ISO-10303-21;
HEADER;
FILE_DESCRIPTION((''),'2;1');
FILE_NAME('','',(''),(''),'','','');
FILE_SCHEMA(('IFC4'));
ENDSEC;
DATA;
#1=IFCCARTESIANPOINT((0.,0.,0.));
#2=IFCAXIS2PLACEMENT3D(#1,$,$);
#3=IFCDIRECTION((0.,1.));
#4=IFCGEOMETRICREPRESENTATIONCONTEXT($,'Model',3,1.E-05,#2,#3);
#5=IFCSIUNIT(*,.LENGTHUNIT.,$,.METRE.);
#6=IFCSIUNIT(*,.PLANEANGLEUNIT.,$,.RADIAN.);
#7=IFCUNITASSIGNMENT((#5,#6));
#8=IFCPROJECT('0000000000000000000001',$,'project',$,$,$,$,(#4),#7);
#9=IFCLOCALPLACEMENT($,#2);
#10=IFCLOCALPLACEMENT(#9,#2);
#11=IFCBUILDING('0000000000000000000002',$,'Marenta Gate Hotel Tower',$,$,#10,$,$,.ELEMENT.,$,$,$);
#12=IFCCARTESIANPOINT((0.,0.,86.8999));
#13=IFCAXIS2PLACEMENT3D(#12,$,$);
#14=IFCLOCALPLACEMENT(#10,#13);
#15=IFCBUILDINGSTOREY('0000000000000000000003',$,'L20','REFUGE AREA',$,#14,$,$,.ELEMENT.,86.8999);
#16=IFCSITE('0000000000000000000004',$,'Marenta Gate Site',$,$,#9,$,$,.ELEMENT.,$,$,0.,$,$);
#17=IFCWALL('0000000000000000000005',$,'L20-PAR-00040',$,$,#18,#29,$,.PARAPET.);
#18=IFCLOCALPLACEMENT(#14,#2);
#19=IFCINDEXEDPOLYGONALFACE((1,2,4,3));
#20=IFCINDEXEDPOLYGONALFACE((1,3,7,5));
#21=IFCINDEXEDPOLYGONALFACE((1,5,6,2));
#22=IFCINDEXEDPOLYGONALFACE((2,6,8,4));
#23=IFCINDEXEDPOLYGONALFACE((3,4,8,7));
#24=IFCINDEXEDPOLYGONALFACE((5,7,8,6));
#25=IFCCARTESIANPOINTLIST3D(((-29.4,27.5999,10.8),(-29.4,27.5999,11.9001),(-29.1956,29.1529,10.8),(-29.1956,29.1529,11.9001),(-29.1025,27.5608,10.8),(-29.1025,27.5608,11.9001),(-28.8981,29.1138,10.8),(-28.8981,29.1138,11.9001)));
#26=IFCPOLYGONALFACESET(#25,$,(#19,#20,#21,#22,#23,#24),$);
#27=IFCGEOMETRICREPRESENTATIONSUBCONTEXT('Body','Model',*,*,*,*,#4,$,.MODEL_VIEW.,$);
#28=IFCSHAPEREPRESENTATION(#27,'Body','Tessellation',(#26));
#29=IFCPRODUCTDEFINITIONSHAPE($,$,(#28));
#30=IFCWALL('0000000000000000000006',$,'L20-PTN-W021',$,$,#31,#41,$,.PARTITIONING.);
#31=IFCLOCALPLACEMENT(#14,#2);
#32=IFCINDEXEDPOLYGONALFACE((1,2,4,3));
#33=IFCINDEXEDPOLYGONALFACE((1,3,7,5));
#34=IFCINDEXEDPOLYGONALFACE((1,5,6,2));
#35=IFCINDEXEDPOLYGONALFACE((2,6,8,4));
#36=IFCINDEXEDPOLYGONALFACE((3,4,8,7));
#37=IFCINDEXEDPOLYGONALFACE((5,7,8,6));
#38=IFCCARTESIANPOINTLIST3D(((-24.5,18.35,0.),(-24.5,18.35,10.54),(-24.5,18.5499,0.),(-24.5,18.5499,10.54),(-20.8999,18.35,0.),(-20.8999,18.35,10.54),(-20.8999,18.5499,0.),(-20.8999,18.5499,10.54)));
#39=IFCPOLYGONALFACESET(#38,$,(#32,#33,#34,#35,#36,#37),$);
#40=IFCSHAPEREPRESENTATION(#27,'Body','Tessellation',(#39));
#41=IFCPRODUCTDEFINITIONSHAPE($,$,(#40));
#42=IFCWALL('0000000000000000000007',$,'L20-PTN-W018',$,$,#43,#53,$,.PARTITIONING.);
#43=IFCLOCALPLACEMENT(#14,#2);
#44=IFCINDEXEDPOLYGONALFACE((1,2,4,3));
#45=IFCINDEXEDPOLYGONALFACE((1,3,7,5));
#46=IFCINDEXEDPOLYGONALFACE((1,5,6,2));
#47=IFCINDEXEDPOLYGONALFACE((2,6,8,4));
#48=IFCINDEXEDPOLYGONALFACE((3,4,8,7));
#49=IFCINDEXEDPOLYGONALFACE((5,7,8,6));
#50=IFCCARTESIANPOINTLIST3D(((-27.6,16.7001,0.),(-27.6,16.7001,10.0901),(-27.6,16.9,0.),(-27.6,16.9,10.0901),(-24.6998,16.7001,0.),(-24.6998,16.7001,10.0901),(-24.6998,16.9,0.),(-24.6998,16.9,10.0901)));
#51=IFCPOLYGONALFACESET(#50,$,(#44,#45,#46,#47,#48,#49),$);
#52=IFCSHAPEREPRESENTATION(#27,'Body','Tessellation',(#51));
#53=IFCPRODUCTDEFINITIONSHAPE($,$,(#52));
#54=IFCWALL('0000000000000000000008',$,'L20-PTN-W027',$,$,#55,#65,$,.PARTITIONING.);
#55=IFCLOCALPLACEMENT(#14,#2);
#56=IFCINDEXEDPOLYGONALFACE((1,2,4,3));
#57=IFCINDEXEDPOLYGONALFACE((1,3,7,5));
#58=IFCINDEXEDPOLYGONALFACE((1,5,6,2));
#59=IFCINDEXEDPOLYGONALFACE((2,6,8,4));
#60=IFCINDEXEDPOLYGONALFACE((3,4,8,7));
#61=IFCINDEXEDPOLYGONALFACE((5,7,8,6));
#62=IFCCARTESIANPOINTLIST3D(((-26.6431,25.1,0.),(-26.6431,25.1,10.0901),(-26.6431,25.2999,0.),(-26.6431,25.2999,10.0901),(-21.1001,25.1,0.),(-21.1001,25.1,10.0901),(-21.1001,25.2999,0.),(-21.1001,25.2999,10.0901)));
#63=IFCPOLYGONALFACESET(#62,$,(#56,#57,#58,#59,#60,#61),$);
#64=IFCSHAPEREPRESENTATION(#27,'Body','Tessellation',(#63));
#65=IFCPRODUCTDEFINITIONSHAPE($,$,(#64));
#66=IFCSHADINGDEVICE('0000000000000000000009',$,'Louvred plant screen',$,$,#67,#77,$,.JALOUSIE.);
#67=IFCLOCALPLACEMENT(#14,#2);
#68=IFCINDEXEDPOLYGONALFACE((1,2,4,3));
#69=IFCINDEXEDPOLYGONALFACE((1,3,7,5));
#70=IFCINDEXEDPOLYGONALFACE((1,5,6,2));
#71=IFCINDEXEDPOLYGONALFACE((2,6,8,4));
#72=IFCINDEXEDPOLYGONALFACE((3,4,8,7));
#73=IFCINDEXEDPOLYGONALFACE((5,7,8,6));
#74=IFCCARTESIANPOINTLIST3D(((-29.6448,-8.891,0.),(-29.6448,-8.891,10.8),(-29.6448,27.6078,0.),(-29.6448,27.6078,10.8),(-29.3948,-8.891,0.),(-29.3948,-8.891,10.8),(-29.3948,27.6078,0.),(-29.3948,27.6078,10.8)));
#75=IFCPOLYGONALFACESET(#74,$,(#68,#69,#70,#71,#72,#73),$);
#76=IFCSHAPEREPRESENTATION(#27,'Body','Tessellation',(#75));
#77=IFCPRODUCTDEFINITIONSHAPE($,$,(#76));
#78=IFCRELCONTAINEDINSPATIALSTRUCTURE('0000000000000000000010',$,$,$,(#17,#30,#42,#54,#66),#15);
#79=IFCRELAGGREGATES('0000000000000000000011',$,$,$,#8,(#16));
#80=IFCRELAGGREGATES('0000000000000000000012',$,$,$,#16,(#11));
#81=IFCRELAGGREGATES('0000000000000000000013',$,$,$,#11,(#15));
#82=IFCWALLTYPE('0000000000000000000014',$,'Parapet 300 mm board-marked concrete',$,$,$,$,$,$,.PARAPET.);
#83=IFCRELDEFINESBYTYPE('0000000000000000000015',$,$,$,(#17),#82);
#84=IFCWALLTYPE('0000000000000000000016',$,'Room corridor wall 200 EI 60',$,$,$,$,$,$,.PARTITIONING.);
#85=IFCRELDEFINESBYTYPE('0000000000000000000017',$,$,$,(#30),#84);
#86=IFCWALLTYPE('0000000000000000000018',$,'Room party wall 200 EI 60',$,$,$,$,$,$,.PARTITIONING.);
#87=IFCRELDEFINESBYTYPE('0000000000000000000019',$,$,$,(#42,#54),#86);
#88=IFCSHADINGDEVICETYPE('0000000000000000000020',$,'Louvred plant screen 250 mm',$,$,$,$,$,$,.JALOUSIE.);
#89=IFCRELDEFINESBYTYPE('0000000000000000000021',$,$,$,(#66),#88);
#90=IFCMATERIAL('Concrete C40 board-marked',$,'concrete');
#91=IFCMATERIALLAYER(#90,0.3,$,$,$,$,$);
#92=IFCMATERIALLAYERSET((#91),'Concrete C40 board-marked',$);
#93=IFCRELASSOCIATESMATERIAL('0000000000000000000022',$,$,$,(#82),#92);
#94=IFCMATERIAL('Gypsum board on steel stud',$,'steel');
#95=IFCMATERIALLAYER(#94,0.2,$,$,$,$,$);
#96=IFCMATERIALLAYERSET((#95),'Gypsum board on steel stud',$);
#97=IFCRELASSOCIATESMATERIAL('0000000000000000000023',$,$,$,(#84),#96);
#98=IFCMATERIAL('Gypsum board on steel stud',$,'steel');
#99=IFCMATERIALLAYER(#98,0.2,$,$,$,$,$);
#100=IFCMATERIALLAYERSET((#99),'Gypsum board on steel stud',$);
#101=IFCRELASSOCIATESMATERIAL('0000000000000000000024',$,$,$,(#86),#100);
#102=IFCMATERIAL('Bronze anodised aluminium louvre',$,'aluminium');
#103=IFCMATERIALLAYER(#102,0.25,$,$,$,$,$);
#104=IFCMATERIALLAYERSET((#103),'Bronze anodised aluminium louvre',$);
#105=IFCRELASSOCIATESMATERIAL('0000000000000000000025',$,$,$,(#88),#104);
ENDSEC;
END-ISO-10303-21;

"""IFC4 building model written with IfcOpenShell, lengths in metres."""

from ifc_helpers import new_model, si_unit, direction, frame, frame_2d, origin, place, context, subcontext, project, spatial, rectangle, extrude, material, layer, layer_set, type_object, element, save


model = new_model("IFC4")

# Units and contexts
model_context = context("Model", 3, precision=1e-05, world=origin(), true_north=direction((0.0, 1.0)))
body_context = subcontext(model_context, "Body", "Model", "MODEL_VIEW")
ifc_project = project(units=[si_unit("LENGTHUNIT", "METRE"), si_unit("PLANEANGLEUNIT", "RADIAN")], contexts=[model_context])

# Site, building, storey
site_placement = place(None, origin())
site = spatial("IfcSite", under=ifc_project, at=site_placement, Name="Marenta Gate Site", CompositionType="ELEMENT", RefElevation=0.0)
building_placement = place(site_placement, origin())
building = spatial("IfcBuilding", under=site, at=building_placement, Name="Marenta Gate Hotel Tower", CompositionType="ELEMENT")
storey_placement = place(building_placement, frame((0.0, 0.0, 86.8999)))
storey = spatial("IfcBuildingStorey", under=building, at=storey_placement, Name="L20", Description="REFUGE AREA", CompositionType="ELEMENT", Elevation=86.8999)

# Walls
ifc_material_1 = material(Name="Concrete C40 board-marked", Category="concrete")
ifc_layer_1 = layer(ifc_material_1, 0.3)
ifc_layer_set_1 = layer_set([ifc_layer_1], Name="Concrete C40 board-marked")
wall_type_1 = type_object("IfcWallType", Name="Parapet 300 mm board-marked concrete", PredefinedType="PARAPET", material=ifc_layer_set_1)
wall_1_placement = place(storey_placement, frame((-29.2512, 27.5803, 10.8), z_axis=(0.0, 0.0, 1.0), x_axis=(0.130459, 0.991454, 0.0)))
element("IfcWall", 1, at=wall_1_placement, inside=storey, type_object=wall_type_1, Name="L20-PAR-00040", PredefinedType="PARAPET", context=body_context, shape_type="SweptSolid", body=[
    extrude(rectangle(XDim=1.5664, YDim=0.3, at=frame_2d((0.7832, 0.0))), origin(), (0.0, 0.0, 1.0), 1.1001),
])
ifc_material_2 = material(Name="Gypsum board on steel stud", Category="steel")
ifc_layer_2 = layer(ifc_material_2, 0.2)
ifc_layer_set_2 = layer_set([ifc_layer_2], Name="Gypsum board on steel stud")
wall_type_2 = type_object("IfcWallType", Name="Room corridor wall 200 EI 60", PredefinedType="PARTITIONING", material=ifc_layer_set_2)
wall_2_placement = place(storey_placement, frame((-24.5, 18.45, 0.0), z_axis=(0.0, 0.0, 1.0), x_axis=(1.0, 0.0, 0.0)))
element("IfcWall", 2, at=wall_2_placement, inside=storey, type_object=wall_type_2, Name="L20-PTN-W021", PredefinedType="PARTITIONING", context=body_context, shape_type="SweptSolid", body=[
    extrude(rectangle(XDim=3.6001, YDim=0.2, at=frame_2d((1.8, 0.0))), origin(), (0.0, 0.0, 1.0), 10.54),
])
ifc_material_3 = material(Name="Gypsum board on steel stud", Category="steel")
ifc_layer_3 = layer(ifc_material_3, 0.2)
ifc_layer_set_3 = layer_set([ifc_layer_3], Name="Gypsum board on steel stud")
wall_type_3 = type_object("IfcWallType", Name="Room party wall 200 EI 60", PredefinedType="PARTITIONING", material=ifc_layer_set_3)
wall_3_placement = place(storey_placement, frame((-27.6001, 16.8, 0.0), z_axis=(0.0, 0.0, 1.0), x_axis=(1.0, 0.0, 0.0)))
element("IfcWall", 3, at=wall_3_placement, inside=storey, type_object=wall_type_3, Name="L20-PTN-W018", PredefinedType="PARTITIONING", context=body_context, shape_type="SweptSolid", body=[
    extrude(rectangle(XDim=2.9001, YDim=0.2, at=frame_2d((1.4502, 0.0))), origin(), (0.0, 0.0, 1.0), 10.0901),
])
wall_4_placement = place(storey_placement, frame((-26.6431, 25.2, 0.0), z_axis=(0.0, 0.0, 1.0), x_axis=(1.0, 0.0, 0.0)))
element("IfcWall", 4, at=wall_4_placement, inside=storey, type_object=wall_type_3, Name="L20-PTN-W027", PredefinedType="PARTITIONING", context=body_context, shape_type="SweptSolid", body=[
    extrude(rectangle(XDim=5.543, YDim=0.2, at=frame_2d((2.7715, 0.0))), origin(), (0.0, 0.0, 1.0), 10.0901),
])

# Shading device
ifc_material_4 = material(Name="Bronze anodised aluminium louvre", Category="aluminium")
ifc_layer_4 = layer(ifc_material_4, 0.25)
ifc_layer_set_4 = layer_set([ifc_layer_4], Name="Bronze anodised aluminium louvre")
shading_device_type = type_object("IfcShadingDeviceType", Name="Louvred plant screen 250 mm", PredefinedType="JALOUSIE", material=ifc_layer_set_4)
shading_device_placement = place(storey_placement, frame((-29.5198, 27.6079, 0.0), z_axis=(0.0, 0.0, 1.0), x_axis=(0.0, -1.0, 0.0)))
element("IfcShadingDevice", 5, at=shading_device_placement, inside=storey, type_object=shading_device_type, Name="Louvred plant screen", PredefinedType="JALOUSIE", context=body_context, shape_type="SweptSolid", body=[
    extrude(rectangle(XDim=36.4988, YDim=0.25, at=frame_2d((18.2495, 0.0))), origin(), (0.0, 0.0, 1.0), 10.8),
])

save(model, "model.ifc")
